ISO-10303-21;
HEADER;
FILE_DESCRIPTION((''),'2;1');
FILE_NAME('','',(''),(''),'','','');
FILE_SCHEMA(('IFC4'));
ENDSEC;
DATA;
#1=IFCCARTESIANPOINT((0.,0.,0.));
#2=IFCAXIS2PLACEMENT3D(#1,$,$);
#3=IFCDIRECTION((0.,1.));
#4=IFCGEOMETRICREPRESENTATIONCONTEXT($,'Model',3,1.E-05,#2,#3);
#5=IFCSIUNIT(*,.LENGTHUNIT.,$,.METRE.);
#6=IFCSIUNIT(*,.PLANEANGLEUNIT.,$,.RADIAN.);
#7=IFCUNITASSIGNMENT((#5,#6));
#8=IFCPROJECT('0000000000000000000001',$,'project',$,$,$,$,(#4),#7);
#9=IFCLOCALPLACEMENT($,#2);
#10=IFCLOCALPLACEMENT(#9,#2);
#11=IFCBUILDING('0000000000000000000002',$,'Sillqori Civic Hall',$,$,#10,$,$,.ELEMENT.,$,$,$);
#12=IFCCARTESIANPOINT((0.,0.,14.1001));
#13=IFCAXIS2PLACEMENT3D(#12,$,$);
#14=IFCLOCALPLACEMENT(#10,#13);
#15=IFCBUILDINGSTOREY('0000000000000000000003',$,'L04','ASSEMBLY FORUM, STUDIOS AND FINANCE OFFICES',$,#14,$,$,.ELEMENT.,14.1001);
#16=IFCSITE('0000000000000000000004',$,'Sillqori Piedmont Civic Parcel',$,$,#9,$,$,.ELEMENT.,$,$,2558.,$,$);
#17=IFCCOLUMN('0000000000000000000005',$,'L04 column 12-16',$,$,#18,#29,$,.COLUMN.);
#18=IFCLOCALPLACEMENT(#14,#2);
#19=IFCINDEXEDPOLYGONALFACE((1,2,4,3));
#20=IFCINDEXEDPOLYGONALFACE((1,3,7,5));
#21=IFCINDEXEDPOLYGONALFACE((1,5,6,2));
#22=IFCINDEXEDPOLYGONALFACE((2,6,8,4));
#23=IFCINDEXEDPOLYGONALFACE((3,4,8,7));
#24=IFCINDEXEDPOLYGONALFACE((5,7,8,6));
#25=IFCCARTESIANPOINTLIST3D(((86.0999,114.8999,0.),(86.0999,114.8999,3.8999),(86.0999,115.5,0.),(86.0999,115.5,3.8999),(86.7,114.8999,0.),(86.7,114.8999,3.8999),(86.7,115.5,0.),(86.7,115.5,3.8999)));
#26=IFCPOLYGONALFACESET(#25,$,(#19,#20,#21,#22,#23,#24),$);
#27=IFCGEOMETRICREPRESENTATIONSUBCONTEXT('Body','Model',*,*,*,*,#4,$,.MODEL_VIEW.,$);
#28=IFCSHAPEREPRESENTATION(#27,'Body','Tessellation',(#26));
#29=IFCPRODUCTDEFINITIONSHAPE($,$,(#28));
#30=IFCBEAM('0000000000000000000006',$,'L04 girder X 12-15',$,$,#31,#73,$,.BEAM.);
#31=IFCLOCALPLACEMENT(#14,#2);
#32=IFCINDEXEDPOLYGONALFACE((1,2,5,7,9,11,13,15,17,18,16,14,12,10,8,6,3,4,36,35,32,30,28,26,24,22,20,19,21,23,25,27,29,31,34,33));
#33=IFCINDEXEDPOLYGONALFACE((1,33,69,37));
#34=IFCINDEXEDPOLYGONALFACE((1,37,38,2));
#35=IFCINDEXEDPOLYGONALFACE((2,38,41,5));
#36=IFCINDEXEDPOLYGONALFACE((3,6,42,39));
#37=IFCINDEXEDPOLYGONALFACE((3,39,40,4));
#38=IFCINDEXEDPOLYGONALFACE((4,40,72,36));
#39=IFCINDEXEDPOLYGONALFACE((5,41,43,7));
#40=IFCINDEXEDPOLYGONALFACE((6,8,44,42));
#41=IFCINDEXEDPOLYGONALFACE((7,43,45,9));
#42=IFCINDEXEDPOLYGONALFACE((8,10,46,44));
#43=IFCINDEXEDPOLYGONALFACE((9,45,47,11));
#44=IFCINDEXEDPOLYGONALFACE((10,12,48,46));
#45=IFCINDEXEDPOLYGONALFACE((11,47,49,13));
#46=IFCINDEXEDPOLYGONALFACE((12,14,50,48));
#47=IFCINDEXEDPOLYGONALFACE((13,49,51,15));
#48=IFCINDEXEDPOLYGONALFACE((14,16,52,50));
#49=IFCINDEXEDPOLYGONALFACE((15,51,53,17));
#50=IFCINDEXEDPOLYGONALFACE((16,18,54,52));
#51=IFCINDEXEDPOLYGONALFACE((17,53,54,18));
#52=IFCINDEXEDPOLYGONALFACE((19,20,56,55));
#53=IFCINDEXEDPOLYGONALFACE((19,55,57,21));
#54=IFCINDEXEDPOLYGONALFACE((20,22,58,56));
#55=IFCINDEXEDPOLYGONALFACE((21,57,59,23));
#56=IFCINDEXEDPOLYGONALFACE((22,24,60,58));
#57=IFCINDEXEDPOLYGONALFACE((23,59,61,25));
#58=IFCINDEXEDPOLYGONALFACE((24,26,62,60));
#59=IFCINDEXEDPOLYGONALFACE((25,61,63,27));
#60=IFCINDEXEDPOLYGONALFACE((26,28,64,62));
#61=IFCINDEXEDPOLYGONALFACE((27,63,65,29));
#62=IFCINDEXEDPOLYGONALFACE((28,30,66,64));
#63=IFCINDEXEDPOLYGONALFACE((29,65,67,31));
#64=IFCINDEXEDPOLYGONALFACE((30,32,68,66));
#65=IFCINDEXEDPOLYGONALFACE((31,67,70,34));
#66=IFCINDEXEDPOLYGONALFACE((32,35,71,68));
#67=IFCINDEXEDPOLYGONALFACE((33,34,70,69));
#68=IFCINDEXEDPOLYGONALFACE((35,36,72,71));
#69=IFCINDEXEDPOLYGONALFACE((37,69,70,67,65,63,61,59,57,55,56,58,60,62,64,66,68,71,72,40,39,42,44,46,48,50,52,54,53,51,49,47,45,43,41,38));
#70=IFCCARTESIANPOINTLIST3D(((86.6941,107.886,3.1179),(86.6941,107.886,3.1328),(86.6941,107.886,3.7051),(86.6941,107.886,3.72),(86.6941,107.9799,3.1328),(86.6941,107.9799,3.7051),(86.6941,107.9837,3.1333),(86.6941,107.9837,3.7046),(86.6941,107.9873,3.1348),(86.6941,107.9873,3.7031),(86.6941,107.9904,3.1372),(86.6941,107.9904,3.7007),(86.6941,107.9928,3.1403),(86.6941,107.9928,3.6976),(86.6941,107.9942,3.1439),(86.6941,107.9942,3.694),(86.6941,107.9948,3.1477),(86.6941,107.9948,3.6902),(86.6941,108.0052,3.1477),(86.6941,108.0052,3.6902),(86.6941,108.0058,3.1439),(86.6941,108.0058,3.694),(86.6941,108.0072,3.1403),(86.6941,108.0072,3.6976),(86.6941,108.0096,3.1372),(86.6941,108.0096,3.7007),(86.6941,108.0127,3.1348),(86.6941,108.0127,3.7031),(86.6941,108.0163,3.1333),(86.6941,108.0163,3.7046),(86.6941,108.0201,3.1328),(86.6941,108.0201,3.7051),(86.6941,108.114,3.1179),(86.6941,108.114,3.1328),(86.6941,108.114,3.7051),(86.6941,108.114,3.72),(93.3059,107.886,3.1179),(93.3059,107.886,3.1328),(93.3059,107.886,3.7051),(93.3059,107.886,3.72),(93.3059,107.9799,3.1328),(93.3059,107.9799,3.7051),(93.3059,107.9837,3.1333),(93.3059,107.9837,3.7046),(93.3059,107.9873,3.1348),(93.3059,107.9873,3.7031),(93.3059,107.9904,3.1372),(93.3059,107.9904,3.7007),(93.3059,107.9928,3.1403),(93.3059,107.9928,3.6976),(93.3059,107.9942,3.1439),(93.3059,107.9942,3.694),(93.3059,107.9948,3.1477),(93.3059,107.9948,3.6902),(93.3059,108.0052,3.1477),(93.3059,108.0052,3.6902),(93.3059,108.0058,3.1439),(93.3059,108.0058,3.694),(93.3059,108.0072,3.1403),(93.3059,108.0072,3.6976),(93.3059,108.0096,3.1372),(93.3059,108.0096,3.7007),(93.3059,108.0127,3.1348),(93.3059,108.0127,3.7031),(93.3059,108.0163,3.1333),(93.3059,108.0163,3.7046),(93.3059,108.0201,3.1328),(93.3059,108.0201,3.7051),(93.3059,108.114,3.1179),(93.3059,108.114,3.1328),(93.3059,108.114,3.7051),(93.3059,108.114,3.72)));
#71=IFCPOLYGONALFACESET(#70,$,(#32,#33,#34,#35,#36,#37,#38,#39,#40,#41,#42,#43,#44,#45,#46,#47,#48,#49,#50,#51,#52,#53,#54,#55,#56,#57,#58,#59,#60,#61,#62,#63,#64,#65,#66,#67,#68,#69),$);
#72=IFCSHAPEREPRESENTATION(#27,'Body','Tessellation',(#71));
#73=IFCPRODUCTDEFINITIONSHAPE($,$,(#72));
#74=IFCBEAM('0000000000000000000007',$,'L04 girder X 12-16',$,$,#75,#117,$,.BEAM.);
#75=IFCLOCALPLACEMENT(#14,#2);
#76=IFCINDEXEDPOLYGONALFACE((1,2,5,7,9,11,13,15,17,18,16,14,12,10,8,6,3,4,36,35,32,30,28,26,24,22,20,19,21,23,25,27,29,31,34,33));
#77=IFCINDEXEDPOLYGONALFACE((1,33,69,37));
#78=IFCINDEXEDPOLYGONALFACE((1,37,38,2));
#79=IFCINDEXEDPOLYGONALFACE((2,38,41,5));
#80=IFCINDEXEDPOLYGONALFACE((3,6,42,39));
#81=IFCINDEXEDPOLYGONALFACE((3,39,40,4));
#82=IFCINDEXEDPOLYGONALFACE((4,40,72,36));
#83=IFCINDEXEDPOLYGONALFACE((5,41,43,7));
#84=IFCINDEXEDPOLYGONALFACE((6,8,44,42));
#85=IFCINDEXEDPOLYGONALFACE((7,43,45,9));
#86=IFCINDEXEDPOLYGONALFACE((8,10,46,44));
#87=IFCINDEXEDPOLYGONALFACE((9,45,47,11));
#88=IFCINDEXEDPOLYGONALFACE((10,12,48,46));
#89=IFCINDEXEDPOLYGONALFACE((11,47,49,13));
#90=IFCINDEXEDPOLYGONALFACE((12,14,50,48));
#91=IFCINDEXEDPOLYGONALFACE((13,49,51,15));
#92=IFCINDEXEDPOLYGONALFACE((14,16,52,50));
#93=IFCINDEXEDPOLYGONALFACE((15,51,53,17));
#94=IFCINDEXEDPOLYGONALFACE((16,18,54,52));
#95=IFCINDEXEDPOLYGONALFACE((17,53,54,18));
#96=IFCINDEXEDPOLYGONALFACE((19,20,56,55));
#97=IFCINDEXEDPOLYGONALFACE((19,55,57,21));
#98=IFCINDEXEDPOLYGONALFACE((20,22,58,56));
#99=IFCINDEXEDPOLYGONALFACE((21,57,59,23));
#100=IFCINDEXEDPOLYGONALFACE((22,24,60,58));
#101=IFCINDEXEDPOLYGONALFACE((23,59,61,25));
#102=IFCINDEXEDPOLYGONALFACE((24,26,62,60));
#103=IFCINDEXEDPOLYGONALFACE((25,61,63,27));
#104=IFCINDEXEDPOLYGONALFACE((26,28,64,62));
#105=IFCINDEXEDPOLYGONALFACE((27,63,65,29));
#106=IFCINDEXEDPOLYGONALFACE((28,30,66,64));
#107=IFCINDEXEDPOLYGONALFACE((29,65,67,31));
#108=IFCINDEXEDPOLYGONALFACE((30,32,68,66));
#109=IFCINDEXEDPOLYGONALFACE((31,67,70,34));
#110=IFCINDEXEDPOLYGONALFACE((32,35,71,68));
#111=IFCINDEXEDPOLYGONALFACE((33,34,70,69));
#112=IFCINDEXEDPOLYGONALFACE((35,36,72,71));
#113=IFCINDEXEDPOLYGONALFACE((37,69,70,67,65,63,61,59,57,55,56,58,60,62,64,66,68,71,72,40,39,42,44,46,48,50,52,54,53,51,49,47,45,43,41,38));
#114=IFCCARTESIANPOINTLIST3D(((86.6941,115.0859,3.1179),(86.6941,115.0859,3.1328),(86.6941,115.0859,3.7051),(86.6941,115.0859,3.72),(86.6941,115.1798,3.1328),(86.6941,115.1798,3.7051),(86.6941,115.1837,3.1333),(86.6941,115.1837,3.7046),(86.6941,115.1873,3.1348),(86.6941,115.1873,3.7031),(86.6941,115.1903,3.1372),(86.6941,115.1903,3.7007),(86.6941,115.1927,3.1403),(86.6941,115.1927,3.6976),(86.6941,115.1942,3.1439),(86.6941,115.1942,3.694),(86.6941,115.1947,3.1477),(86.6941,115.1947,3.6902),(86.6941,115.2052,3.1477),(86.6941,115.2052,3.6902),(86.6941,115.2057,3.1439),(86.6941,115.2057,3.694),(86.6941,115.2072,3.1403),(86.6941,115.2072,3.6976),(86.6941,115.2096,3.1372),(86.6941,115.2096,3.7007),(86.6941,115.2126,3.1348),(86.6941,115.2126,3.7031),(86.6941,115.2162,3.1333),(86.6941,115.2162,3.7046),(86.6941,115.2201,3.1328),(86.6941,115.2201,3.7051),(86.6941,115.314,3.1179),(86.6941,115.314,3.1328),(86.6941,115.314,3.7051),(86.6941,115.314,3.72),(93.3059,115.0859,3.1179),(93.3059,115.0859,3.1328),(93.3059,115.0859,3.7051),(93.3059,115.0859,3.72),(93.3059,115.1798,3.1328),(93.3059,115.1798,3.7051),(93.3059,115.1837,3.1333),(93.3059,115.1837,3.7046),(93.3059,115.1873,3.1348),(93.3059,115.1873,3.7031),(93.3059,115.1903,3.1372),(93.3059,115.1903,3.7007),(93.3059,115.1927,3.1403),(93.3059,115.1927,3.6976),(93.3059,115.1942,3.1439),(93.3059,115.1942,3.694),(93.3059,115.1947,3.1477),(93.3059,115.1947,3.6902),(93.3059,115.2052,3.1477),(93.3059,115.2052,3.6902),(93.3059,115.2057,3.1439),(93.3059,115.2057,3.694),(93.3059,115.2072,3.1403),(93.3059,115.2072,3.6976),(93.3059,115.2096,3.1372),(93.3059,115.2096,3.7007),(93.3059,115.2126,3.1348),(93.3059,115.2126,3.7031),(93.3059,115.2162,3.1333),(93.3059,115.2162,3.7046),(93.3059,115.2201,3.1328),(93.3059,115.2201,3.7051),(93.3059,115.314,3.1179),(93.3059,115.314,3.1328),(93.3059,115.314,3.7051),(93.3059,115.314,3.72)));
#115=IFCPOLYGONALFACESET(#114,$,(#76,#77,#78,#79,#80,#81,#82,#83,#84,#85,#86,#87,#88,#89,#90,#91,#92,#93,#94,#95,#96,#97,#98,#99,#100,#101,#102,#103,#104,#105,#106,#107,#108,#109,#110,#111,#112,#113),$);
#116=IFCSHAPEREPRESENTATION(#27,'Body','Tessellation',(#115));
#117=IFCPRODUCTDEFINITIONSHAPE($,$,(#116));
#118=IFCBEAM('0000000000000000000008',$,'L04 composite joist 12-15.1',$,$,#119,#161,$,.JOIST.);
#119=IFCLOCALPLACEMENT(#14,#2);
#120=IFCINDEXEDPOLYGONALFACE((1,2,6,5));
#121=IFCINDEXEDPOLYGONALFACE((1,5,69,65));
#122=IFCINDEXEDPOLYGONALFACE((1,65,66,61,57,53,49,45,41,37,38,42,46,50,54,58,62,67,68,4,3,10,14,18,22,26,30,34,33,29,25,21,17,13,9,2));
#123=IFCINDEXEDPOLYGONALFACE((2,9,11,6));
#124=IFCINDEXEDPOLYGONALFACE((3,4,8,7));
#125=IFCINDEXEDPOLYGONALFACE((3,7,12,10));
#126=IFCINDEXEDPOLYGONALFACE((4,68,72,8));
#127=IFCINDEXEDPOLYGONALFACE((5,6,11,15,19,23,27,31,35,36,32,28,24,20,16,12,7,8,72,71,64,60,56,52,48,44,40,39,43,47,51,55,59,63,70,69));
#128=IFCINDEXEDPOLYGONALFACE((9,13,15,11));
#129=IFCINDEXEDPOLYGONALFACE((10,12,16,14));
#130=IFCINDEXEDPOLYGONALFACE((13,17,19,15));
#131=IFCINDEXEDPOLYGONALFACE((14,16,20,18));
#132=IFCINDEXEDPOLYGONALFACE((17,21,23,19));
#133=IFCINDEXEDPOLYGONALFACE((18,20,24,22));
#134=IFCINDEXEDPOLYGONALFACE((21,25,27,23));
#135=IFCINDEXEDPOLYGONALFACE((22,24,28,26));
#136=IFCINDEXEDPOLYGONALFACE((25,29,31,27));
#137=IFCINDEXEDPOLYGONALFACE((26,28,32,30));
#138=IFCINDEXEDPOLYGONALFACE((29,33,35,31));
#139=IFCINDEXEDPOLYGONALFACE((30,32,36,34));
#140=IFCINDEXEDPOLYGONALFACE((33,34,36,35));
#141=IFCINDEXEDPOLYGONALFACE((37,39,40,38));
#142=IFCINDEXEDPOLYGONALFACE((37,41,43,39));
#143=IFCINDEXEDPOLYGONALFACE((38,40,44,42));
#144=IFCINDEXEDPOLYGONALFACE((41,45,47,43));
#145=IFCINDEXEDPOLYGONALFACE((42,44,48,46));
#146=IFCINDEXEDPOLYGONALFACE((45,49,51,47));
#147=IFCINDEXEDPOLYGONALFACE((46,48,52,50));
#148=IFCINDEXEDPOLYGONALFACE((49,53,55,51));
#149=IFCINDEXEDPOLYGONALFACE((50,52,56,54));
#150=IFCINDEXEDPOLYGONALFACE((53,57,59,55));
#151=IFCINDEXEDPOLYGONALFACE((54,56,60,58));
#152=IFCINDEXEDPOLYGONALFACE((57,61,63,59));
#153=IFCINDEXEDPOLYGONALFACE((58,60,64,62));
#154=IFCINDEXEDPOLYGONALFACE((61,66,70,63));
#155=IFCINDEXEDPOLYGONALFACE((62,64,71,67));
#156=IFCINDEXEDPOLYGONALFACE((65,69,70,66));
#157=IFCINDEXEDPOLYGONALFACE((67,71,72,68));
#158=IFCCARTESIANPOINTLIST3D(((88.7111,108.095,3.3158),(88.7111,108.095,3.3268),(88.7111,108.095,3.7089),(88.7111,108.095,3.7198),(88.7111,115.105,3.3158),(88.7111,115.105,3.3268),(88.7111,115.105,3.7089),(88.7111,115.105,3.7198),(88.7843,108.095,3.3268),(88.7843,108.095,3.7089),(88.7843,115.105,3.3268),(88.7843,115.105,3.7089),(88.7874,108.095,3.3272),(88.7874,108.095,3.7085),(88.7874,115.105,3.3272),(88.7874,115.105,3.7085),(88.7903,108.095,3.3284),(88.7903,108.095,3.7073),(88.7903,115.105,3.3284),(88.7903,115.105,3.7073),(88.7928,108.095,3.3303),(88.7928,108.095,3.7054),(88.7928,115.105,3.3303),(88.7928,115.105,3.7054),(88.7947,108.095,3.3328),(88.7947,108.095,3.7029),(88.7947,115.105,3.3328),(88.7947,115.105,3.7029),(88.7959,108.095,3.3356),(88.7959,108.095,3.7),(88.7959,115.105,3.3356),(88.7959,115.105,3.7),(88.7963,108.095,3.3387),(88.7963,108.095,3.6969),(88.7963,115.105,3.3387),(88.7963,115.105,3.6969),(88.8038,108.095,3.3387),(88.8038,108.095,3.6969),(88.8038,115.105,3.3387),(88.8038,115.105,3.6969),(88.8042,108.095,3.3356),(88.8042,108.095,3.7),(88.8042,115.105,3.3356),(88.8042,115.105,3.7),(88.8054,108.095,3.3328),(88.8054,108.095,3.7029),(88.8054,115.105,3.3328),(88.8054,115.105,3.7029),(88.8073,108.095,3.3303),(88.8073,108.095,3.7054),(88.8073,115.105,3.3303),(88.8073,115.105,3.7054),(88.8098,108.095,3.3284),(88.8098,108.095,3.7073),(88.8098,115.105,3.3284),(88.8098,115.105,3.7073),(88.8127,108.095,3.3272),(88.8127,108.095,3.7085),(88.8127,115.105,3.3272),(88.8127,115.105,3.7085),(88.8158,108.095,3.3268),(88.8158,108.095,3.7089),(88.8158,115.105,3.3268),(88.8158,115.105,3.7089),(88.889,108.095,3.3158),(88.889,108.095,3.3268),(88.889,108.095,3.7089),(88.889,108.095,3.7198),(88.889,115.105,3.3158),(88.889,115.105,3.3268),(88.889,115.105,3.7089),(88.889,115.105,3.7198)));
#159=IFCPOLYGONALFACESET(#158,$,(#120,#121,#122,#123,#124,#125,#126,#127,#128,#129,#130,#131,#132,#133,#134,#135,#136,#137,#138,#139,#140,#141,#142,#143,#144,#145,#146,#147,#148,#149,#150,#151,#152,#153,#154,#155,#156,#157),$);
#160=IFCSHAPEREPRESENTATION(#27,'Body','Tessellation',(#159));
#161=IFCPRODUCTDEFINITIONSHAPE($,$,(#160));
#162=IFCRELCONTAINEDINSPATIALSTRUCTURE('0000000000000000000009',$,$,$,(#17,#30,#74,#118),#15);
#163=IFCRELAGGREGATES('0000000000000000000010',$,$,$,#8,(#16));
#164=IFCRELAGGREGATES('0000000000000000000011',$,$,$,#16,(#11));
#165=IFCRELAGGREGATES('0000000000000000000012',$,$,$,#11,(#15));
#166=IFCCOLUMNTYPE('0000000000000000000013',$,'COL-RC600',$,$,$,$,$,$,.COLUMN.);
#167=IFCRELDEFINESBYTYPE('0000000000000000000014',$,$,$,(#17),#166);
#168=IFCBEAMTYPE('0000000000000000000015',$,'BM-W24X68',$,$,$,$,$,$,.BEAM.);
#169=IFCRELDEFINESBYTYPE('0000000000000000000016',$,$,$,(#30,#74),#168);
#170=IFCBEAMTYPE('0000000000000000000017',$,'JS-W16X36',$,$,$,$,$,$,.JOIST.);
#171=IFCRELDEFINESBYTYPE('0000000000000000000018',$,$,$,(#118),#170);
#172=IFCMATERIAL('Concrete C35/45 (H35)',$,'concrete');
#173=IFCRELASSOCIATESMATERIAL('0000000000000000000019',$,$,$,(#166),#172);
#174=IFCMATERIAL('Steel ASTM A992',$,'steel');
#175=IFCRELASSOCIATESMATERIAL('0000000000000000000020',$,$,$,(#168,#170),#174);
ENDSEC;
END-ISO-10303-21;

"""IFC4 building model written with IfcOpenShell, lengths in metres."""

from ifc_helpers import new_model, si_unit, direction, frame, origin, origin_2d, place, context, subcontext, project, spatial, rectangle, i_section, extrude, material, material_profile, profile_set, type_object, element, save


model = new_model("IFC4")

# Units and contexts
model_context = context("Model", 3, precision=1e-05, world=origin(), true_north=direction((0.0, 1.0)))
body_context = subcontext(model_context, "Body", "Model", "MODEL_VIEW")
ifc_project = project(units=[si_unit("LENGTHUNIT", "METRE"), si_unit("PLANEANGLEUNIT", "RADIAN")], contexts=[model_context])

# Site, building, storey
site_placement = place(None, origin())
site = spatial("IfcSite", under=ifc_project, at=site_placement, Name="Sillqori Piedmont Civic Parcel", CompositionType="ELEMENT", RefElevation=2558.0)
building_placement = place(site_placement, origin())
building = spatial("IfcBuilding", under=site, at=building_placement, Name="Sillqori Civic Hall", CompositionType="ELEMENT")
storey_placement = place(building_placement, frame((0.0, 0.0, 14.1001)))
storey = spatial("IfcBuildingStorey", under=building, at=storey_placement, Name="L04", Description="ASSEMBLY FORUM, STUDIOS AND FINANCE OFFICES", CompositionType="ELEMENT", Elevation=14.1001)

# Column
ifc_material_1 = material(Name="Concrete C35/45 (H35)", Category="concrete")
ifc_material_profile_1 = material_profile(ifc_material_1, rectangle(XDim=0.6001, YDim=0.6001, at=origin_2d()), Name="RC 600x600")
ifc_profile_set_1 = profile_set([ifc_material_profile_1], Name="Concrete C35/45 (H35)")
column_type = type_object("IfcColumnType", Name="COL-RC600", PredefinedType="COLUMN", material=ifc_profile_set_1)
column_placement = place(storey_placement, frame((86.3999, 115.2, 0.0), z_axis=(0.0, 0.0, 1.0), x_axis=(1.0, 0.0, 0.0)))
element("IfcColumn", 1, at=column_placement, inside=storey, type_object=column_type, Name="L04 column 12-16", PredefinedType="COLUMN", context=body_context, shape_type="SweptSolid", body=[
    extrude(rectangle(XDim=0.6001, YDim=0.6001, at=origin_2d()), origin(), (0.0, 0.0, 1.0), 3.8999),
])

# Beams
ifc_material_2 = material(Name="Steel ASTM A992", Category="steel")
ifc_material_profile_2 = material_profile(ifc_material_2, i_section(OverallWidth=0.228, OverallDepth=0.6021, WebThickness=0.0105, FlangeThickness=0.0149, FilletRadius=0.0149, at=origin_2d()), Name="W24X68")
ifc_profile_set_2 = profile_set([ifc_material_profile_2], Name="Steel ASTM A992")
beam_type_1 = type_object("IfcBeamType", Name="BM-W24X68", PredefinedType="BEAM", material=ifc_profile_set_2)
for number, where, z_axis, x_axis, name in (
    (2, (86.6941, 108.0, 3.4189), (1.0, 0.0, 0.0), (0.0, 1.0, 0.0), "L04 girder X 12-15"),
    (3, (86.6941, 115.2, 3.4189), (1.0, 0.0, 0.0), (0.0, 1.0, 0.0), "L04 girder X 12-16"),
):
    element("IfcBeam", number, at=place(storey_placement, frame(where, z_axis=z_axis, x_axis=x_axis)), inside=storey, type_object=beam_type_1, Name=name, PredefinedType="BEAM", context=body_context, shape_type="SweptSolid", body=[
        extrude(i_section(OverallWidth=0.228, OverallDepth=0.6021, WebThickness=0.0105, FlangeThickness=0.0149, FilletRadius=0.0149, at=origin_2d()), origin(), (0.0, 0.0, 1.0), 6.6118),
    ])
ifc_material_profile_3 = material_profile(ifc_material_2, i_section(OverallWidth=0.178, OverallDepth=0.4041, WebThickness=0.0076, FlangeThickness=0.011, FilletRadius=0.012, at=origin_2d()), Name="W16X36")
ifc_profile_set_3 = profile_set([ifc_material_profile_3], Name="Steel ASTM A992")
beam_type_2 = type_object("IfcBeamType", Name="JS-W16X36", PredefinedType="JOIST", material=ifc_profile_set_3)
for number, where, z_axis, x_axis, name in (
    (4, (88.8, 108.095, 3.5178), (0.0, 1.0, 0.0), (-1.0, 0.0, 0.0), "L04 composite joist 12-15.1"),
):
    element("IfcBeam", number, at=place(storey_placement, frame(where, z_axis=z_axis, x_axis=x_axis)), inside=storey, type_object=beam_type_2, Name=name, PredefinedType="JOIST", context=body_context, shape_type="SweptSolid", body=[
        extrude(i_section(OverallWidth=0.178, OverallDepth=0.4041, WebThickness=0.0076, FlangeThickness=0.011, FilletRadius=0.012, at=origin_2d()), origin(), (0.0, 0.0, 1.0), 7.01),
    ])

save(model, "model.ifc")
